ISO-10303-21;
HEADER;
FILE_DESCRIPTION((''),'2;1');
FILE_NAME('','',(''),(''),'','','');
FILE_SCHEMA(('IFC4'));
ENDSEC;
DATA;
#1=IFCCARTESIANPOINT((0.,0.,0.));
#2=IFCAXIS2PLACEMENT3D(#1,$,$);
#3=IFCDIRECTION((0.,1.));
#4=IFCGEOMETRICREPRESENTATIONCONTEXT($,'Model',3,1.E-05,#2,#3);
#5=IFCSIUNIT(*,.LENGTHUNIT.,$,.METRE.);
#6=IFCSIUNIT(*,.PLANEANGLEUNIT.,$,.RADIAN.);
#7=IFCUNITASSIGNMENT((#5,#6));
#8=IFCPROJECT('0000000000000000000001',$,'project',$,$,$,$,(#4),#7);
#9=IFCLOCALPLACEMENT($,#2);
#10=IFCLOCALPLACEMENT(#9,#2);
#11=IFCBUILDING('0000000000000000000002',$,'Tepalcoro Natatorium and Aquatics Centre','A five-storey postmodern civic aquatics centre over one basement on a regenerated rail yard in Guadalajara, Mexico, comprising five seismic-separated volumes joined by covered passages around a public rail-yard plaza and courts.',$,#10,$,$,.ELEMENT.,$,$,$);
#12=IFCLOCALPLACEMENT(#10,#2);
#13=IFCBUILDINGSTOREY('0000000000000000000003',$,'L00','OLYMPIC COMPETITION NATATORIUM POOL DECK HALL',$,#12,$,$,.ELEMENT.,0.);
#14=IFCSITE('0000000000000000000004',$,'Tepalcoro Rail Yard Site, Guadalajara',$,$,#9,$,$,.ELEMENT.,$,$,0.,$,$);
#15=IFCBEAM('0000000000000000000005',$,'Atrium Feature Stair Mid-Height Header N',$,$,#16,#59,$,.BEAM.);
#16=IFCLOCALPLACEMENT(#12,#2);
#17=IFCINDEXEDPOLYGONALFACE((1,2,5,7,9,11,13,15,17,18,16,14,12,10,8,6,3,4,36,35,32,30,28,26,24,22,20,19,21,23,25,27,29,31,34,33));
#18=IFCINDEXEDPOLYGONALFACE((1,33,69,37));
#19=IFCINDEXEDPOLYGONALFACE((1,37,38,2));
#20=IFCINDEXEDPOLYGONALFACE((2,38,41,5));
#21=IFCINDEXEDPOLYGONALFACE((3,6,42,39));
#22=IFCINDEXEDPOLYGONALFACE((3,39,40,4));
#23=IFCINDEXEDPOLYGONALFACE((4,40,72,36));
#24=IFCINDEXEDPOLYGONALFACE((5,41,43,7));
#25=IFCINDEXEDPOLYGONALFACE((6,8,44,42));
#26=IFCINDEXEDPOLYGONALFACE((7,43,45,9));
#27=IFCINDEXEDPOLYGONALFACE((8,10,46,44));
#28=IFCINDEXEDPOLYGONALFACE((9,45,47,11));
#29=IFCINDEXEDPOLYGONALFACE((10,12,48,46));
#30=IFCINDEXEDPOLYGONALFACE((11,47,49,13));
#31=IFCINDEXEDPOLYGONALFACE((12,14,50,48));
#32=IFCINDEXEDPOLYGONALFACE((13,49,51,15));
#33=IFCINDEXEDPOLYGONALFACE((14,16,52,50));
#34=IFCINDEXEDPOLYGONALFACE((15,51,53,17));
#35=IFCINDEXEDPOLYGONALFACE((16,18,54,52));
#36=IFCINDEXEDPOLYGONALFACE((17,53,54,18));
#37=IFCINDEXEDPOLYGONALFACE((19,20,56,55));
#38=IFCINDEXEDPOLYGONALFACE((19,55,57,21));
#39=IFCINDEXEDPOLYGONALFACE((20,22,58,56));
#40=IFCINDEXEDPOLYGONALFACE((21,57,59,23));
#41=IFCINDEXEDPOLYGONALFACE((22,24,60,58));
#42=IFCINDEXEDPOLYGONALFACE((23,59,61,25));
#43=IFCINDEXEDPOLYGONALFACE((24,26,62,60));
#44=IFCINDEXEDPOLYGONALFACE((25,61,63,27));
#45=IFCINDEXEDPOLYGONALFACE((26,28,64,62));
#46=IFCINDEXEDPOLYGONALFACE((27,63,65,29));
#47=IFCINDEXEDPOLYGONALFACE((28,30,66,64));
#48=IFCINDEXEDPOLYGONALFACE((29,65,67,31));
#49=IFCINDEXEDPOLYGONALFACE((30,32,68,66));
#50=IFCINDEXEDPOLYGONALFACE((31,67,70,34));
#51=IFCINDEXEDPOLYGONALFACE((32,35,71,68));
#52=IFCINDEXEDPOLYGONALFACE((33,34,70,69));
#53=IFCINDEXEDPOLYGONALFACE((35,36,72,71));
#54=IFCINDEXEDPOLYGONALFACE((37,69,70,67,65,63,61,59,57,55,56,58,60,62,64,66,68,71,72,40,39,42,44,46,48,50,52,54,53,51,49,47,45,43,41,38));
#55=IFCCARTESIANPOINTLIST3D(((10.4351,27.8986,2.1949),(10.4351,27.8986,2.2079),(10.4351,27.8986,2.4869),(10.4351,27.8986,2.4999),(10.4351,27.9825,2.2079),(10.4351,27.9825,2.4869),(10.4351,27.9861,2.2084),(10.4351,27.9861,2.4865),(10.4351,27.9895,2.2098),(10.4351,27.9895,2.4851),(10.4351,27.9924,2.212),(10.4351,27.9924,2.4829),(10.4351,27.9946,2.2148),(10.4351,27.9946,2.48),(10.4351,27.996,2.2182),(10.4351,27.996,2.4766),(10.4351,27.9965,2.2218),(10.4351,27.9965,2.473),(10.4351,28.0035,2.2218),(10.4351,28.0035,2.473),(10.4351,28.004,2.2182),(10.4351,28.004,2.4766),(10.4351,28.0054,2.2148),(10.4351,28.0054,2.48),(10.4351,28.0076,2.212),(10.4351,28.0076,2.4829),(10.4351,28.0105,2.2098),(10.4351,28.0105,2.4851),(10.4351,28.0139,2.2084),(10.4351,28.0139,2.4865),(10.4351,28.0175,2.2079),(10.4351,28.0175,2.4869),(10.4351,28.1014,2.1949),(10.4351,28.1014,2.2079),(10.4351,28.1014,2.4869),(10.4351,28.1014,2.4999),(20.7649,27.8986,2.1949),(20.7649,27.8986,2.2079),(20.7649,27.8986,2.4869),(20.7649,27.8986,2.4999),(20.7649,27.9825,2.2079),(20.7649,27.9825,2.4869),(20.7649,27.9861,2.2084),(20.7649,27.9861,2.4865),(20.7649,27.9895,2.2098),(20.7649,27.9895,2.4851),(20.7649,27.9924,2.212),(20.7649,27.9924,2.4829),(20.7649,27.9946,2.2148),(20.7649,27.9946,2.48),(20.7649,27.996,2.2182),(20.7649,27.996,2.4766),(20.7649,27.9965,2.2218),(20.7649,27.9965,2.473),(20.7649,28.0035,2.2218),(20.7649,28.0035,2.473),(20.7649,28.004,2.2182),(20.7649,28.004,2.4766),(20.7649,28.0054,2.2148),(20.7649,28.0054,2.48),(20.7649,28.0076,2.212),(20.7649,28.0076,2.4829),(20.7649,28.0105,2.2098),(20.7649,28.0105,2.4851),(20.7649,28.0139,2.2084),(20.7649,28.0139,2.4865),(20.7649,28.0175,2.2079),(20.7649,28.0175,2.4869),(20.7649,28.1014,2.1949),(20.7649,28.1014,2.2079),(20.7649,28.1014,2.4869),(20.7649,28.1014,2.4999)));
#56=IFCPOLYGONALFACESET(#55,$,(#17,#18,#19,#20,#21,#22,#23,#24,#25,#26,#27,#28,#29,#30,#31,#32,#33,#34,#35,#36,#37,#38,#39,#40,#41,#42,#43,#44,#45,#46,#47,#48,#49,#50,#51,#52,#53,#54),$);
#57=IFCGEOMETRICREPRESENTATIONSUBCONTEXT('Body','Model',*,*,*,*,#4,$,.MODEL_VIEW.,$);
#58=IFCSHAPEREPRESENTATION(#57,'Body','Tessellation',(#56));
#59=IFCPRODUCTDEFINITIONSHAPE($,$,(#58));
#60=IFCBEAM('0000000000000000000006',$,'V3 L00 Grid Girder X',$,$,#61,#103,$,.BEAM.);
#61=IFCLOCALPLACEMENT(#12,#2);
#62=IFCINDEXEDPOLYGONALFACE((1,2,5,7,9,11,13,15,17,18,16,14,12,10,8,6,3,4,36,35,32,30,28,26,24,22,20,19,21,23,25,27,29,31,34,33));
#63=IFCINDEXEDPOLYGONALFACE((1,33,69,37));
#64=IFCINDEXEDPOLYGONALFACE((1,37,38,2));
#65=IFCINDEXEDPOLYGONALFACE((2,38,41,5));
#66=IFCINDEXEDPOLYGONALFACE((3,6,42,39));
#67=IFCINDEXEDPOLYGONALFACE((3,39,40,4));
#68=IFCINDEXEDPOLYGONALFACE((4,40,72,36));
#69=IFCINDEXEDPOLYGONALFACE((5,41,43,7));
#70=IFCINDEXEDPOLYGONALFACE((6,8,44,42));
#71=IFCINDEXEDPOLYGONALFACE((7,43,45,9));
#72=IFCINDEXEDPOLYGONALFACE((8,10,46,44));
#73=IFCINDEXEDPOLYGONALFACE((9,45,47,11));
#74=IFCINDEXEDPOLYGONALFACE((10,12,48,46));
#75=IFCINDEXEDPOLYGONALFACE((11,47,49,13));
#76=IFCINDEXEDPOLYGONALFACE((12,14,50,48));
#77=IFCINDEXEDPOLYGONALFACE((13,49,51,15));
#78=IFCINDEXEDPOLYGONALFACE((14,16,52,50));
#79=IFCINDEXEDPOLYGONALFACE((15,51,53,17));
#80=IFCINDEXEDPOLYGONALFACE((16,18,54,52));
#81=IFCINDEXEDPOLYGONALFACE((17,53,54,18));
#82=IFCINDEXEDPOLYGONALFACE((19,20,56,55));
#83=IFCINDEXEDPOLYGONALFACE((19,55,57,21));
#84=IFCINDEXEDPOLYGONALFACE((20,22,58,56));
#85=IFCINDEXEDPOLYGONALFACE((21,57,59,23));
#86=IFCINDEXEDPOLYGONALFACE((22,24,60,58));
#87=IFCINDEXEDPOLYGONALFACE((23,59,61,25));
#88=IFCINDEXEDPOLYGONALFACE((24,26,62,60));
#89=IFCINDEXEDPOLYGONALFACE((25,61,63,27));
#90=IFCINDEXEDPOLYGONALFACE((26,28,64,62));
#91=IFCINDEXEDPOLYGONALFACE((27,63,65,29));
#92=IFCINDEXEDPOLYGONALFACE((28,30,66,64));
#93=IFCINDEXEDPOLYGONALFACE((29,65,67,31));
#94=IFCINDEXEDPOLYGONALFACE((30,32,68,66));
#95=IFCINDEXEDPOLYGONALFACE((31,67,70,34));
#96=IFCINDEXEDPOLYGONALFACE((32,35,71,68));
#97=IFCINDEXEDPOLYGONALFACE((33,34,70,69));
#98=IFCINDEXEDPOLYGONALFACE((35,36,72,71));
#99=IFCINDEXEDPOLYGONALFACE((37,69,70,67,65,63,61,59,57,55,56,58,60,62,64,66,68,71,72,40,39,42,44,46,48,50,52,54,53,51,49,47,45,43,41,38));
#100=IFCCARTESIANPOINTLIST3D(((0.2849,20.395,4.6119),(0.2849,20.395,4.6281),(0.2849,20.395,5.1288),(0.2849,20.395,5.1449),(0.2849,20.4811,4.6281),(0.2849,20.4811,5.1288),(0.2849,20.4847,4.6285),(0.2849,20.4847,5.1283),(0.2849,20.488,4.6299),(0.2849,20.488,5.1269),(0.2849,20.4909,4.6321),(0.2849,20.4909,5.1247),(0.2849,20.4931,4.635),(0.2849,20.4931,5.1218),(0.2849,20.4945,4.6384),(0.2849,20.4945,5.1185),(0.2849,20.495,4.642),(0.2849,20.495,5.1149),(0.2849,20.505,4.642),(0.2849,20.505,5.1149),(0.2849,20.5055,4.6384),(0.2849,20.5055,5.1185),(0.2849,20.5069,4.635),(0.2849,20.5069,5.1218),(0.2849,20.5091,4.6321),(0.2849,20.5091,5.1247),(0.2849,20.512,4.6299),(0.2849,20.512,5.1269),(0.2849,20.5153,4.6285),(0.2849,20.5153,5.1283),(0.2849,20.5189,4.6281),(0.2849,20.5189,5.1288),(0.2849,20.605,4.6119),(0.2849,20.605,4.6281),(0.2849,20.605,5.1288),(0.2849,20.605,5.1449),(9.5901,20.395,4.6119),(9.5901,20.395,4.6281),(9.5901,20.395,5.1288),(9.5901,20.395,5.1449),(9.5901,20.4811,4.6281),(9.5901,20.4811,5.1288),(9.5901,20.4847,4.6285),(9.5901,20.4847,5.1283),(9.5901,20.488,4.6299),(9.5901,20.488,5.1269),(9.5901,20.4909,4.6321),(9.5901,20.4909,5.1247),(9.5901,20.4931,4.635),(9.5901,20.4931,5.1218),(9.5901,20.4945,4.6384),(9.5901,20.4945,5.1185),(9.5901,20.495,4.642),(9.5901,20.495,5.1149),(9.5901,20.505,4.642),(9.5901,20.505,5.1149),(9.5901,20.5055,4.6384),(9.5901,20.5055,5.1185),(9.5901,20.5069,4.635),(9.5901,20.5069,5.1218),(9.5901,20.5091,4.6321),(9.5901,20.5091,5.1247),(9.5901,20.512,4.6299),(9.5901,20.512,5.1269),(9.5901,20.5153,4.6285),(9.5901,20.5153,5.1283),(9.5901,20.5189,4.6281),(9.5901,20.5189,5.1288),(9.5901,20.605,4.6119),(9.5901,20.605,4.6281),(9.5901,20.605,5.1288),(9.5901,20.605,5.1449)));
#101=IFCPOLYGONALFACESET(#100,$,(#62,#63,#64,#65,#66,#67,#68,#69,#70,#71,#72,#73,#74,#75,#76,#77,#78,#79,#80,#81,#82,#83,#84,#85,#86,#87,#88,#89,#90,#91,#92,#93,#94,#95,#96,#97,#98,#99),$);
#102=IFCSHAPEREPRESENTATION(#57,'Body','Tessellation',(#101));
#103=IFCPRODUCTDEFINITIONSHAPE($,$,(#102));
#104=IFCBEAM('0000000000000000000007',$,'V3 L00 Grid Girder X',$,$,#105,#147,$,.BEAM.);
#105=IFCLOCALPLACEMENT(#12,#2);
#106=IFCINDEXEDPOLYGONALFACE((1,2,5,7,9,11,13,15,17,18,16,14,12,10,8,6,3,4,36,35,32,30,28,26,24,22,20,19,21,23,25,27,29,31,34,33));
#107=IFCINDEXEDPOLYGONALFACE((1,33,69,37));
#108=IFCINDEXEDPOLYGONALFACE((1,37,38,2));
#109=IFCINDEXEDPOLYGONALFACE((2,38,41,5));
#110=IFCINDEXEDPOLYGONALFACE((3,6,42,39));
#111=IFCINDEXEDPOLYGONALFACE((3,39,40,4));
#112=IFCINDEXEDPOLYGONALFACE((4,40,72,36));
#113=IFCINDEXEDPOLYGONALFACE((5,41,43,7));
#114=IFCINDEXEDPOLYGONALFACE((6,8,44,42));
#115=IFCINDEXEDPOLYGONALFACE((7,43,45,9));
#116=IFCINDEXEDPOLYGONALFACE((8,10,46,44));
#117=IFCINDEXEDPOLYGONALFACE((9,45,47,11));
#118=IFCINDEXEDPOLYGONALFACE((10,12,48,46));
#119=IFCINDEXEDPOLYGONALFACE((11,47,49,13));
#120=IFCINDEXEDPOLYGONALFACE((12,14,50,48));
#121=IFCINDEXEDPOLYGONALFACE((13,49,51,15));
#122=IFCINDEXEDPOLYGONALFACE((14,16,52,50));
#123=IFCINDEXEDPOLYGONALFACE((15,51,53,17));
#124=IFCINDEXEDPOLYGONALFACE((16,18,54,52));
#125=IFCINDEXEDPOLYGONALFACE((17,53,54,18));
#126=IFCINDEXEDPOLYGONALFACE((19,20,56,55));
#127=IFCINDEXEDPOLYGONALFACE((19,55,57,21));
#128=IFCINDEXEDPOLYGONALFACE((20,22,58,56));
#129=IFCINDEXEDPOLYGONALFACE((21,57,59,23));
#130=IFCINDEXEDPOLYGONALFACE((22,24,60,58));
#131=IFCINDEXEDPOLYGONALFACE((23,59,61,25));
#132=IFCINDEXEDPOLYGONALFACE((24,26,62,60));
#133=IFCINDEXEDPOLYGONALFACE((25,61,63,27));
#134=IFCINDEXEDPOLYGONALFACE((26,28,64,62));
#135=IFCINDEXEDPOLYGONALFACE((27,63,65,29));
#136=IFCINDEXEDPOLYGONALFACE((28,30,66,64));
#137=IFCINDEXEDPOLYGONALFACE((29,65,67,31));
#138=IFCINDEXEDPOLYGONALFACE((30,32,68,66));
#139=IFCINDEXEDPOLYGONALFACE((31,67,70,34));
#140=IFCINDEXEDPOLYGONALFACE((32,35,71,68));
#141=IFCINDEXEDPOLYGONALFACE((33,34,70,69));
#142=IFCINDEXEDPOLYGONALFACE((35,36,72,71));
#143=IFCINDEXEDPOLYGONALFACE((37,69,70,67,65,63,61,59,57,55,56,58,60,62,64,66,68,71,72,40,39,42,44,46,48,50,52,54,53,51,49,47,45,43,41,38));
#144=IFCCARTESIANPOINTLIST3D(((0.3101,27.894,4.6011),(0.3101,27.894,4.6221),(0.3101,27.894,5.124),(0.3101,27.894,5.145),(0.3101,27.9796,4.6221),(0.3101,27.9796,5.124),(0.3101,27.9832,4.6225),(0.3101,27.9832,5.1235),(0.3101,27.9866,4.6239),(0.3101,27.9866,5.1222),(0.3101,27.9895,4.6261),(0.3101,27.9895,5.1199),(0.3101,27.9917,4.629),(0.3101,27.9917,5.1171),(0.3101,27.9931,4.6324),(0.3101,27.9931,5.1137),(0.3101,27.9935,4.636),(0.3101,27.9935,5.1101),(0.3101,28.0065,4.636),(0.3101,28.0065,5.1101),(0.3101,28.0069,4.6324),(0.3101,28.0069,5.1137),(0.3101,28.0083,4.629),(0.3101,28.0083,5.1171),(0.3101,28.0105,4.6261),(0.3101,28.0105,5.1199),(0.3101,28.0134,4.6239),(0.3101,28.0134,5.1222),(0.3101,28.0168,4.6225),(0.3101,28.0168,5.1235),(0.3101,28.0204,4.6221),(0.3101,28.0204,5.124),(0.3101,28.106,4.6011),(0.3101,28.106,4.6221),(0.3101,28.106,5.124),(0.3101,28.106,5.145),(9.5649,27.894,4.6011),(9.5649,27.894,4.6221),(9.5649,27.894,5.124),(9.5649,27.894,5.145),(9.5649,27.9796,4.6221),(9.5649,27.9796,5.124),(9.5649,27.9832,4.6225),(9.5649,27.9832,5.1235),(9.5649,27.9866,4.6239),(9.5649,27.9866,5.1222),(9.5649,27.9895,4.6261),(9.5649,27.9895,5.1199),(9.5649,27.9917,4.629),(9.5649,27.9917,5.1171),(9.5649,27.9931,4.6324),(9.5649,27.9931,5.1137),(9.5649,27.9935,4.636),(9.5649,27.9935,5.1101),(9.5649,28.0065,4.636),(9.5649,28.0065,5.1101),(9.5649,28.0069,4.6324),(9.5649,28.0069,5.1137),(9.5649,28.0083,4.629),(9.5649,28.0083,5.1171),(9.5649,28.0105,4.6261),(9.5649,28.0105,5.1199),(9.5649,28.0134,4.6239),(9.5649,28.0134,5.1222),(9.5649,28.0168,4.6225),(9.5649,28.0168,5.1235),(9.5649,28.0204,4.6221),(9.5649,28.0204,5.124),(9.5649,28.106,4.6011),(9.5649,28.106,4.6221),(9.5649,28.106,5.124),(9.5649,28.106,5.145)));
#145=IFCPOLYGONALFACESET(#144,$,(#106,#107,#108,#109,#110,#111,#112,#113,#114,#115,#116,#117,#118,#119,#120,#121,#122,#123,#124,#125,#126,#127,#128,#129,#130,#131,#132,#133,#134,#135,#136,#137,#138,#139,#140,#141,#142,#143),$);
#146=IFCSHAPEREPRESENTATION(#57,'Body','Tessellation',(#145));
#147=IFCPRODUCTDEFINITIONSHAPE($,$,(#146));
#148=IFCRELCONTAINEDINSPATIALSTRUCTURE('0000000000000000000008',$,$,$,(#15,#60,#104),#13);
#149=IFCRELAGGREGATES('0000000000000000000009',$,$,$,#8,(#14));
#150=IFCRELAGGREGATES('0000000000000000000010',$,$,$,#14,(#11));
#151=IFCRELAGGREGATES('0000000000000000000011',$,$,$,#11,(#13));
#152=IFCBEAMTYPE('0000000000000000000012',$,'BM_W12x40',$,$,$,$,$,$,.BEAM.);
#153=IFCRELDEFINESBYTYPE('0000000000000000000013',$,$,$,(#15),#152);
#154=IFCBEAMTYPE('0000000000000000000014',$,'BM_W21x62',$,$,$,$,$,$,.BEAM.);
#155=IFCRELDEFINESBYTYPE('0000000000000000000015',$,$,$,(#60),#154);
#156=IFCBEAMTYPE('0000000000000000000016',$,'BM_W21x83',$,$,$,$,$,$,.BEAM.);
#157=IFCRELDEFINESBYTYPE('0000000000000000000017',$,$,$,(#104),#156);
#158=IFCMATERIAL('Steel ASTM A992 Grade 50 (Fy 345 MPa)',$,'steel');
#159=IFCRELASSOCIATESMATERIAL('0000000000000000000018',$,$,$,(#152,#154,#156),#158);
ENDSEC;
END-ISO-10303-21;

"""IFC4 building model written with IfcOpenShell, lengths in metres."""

from ifc_helpers import new_model, si_unit, direction, frame, origin, origin_2d, place, context, subcontext, project, spatial, i_section, extrude, material, material_profile, profile_set, type_object, element, save


model = new_model("IFC4")

# Units and contexts
model_context = context("Model", 3, precision=1e-05, world=origin(), true_north=direction((0.0, 1.0)))
body_context = subcontext(model_context, "Body", "Model", "MODEL_VIEW")
ifc_project = project(units=[si_unit("LENGTHUNIT", "METRE"), si_unit("PLANEANGLEUNIT", "RADIAN")], contexts=[model_context])

# Site, building, storey
site_placement = place(None, origin())
site = spatial("IfcSite", under=ifc_project, at=site_placement, Name="Tepalcoro Rail Yard Site, Guadalajara", CompositionType="ELEMENT", RefElevation=0.0)
building_placement = place(site_placement, origin())
building = spatial("IfcBuilding", under=site, at=building_placement, Name="Tepalcoro Natatorium and Aquatics Centre", Description="A five-storey postmodern civic aquatics centre over one basement on a regenerated rail yard in Guadalajara, Mexico, comprising five seismic-separated volumes joined by covered passages around a public rail-yard plaza and courts.", CompositionType="ELEMENT")
storey_placement = place(building_placement, origin())
storey = spatial("IfcBuildingStorey", under=building, at=storey_placement, Name="L00", Description="OLYMPIC COMPETITION NATATORIUM POOL DECK HALL", CompositionType="ELEMENT", Elevation=0.0)

# Beams
ifc_material_1 = material(Name="Steel ASTM A992 Grade 50 (Fy 345 MPa)", Category="steel")
ifc_material_profile_1 = material_profile(ifc_material_1, i_section(OverallWidth=0.2029, OverallDepth=0.3049, WebThickness=0.0071, FlangeThickness=0.0129, FilletRadius=0.0139, at=origin_2d()), Name="W12X40")
ifc_profile_set_1 = profile_set([ifc_material_profile_1], Name="Steel ASTM A992 Grade 50 (Fy 345 MPa)")
beam_type_1 = type_object("IfcBeamType", Name="BM_W12x40", PredefinedType="BEAM", material=ifc_profile_set_1)
beam_1_placement = place(storey_placement, frame((10.4351, 28.0, 2.3474), z_axis=(1.0, 0.0, 0.0), x_axis=(0.0, 1.0, 0.0)))
element("IfcBeam", 1, at=beam_1_placement, inside=storey, type_object=beam_type_1, Name="Atrium Feature Stair Mid-Height Header N", PredefinedType="BEAM", context=body_context, shape_type="SweptSolid", body=[
    extrude(i_section(OverallWidth=0.2029, OverallDepth=0.3049, WebThickness=0.0071, FlangeThickness=0.0129, FilletRadius=0.0139, at=origin_2d()), origin(), (0.0, 0.0, 1.0), 10.3298),
])
ifc_material_profile_2 = material_profile(ifc_material_1, i_section(OverallWidth=0.21, OverallDepth=0.533, WebThickness=0.01, FlangeThickness=0.0161, FilletRadius=0.0139, at=origin_2d()), Name="W21X62")
ifc_profile_set_2 = profile_set([ifc_material_profile_2], Name="Steel ASTM A992 Grade 50 (Fy 345 MPa)")
beam_type_2 = type_object("IfcBeamType", Name="BM_W21x62", PredefinedType="BEAM", material=ifc_profile_set_2)
beam_2_placement = place(storey_placement, frame((0.2849, 20.5, 4.8784), z_axis=(1.0, 0.0, 0.0), x_axis=(0.0, 1.0, 0.0)))
element("IfcBeam", 2, at=beam_2_placement, inside=storey, type_object=beam_type_2, Name="V3 L00 Grid Girder X", PredefinedType="BEAM", context=body_context, shape_type="SweptSolid", body=[
    extrude(i_section(OverallWidth=0.21, OverallDepth=0.533, WebThickness=0.01, FlangeThickness=0.0161, FilletRadius=0.0139, at=origin_2d()), origin(), (0.0, 0.0, 1.0), 9.3052),
])
ifc_material_profile_3 = material_profile(ifc_material_1, i_section(OverallWidth=0.2119, OverallDepth=0.5439, WebThickness=0.0129, FlangeThickness=0.021, FilletRadius=0.0139, at=origin_2d()), Name="W21X83")
ifc_profile_set_3 = profile_set([ifc_material_profile_3], Name="Steel ASTM A992 Grade 50 (Fy 345 MPa)")
beam_type_3 = type_object("IfcBeamType", Name="BM_W21x83", PredefinedType="BEAM", material=ifc_profile_set_3)
beam_3_placement = place(storey_placement, frame((0.3101, 28.0, 4.873), z_axis=(1.0, 0.0, 0.0), x_axis=(0.0, 1.0, 0.0)))
element("IfcBeam", 3, at=beam_3_placement, inside=storey, type_object=beam_type_3, Name="V3 L00 Grid Girder X", PredefinedType="BEAM", context=body_context, shape_type="SweptSolid", body=[
    extrude(i_section(OverallWidth=0.2119, OverallDepth=0.5439, WebThickness=0.0129, FlangeThickness=0.021, FilletRadius=0.0139, at=origin_2d()), origin(), (0.0, 0.0, 1.0), 9.2549),
])

save(model, "model.ifc")
